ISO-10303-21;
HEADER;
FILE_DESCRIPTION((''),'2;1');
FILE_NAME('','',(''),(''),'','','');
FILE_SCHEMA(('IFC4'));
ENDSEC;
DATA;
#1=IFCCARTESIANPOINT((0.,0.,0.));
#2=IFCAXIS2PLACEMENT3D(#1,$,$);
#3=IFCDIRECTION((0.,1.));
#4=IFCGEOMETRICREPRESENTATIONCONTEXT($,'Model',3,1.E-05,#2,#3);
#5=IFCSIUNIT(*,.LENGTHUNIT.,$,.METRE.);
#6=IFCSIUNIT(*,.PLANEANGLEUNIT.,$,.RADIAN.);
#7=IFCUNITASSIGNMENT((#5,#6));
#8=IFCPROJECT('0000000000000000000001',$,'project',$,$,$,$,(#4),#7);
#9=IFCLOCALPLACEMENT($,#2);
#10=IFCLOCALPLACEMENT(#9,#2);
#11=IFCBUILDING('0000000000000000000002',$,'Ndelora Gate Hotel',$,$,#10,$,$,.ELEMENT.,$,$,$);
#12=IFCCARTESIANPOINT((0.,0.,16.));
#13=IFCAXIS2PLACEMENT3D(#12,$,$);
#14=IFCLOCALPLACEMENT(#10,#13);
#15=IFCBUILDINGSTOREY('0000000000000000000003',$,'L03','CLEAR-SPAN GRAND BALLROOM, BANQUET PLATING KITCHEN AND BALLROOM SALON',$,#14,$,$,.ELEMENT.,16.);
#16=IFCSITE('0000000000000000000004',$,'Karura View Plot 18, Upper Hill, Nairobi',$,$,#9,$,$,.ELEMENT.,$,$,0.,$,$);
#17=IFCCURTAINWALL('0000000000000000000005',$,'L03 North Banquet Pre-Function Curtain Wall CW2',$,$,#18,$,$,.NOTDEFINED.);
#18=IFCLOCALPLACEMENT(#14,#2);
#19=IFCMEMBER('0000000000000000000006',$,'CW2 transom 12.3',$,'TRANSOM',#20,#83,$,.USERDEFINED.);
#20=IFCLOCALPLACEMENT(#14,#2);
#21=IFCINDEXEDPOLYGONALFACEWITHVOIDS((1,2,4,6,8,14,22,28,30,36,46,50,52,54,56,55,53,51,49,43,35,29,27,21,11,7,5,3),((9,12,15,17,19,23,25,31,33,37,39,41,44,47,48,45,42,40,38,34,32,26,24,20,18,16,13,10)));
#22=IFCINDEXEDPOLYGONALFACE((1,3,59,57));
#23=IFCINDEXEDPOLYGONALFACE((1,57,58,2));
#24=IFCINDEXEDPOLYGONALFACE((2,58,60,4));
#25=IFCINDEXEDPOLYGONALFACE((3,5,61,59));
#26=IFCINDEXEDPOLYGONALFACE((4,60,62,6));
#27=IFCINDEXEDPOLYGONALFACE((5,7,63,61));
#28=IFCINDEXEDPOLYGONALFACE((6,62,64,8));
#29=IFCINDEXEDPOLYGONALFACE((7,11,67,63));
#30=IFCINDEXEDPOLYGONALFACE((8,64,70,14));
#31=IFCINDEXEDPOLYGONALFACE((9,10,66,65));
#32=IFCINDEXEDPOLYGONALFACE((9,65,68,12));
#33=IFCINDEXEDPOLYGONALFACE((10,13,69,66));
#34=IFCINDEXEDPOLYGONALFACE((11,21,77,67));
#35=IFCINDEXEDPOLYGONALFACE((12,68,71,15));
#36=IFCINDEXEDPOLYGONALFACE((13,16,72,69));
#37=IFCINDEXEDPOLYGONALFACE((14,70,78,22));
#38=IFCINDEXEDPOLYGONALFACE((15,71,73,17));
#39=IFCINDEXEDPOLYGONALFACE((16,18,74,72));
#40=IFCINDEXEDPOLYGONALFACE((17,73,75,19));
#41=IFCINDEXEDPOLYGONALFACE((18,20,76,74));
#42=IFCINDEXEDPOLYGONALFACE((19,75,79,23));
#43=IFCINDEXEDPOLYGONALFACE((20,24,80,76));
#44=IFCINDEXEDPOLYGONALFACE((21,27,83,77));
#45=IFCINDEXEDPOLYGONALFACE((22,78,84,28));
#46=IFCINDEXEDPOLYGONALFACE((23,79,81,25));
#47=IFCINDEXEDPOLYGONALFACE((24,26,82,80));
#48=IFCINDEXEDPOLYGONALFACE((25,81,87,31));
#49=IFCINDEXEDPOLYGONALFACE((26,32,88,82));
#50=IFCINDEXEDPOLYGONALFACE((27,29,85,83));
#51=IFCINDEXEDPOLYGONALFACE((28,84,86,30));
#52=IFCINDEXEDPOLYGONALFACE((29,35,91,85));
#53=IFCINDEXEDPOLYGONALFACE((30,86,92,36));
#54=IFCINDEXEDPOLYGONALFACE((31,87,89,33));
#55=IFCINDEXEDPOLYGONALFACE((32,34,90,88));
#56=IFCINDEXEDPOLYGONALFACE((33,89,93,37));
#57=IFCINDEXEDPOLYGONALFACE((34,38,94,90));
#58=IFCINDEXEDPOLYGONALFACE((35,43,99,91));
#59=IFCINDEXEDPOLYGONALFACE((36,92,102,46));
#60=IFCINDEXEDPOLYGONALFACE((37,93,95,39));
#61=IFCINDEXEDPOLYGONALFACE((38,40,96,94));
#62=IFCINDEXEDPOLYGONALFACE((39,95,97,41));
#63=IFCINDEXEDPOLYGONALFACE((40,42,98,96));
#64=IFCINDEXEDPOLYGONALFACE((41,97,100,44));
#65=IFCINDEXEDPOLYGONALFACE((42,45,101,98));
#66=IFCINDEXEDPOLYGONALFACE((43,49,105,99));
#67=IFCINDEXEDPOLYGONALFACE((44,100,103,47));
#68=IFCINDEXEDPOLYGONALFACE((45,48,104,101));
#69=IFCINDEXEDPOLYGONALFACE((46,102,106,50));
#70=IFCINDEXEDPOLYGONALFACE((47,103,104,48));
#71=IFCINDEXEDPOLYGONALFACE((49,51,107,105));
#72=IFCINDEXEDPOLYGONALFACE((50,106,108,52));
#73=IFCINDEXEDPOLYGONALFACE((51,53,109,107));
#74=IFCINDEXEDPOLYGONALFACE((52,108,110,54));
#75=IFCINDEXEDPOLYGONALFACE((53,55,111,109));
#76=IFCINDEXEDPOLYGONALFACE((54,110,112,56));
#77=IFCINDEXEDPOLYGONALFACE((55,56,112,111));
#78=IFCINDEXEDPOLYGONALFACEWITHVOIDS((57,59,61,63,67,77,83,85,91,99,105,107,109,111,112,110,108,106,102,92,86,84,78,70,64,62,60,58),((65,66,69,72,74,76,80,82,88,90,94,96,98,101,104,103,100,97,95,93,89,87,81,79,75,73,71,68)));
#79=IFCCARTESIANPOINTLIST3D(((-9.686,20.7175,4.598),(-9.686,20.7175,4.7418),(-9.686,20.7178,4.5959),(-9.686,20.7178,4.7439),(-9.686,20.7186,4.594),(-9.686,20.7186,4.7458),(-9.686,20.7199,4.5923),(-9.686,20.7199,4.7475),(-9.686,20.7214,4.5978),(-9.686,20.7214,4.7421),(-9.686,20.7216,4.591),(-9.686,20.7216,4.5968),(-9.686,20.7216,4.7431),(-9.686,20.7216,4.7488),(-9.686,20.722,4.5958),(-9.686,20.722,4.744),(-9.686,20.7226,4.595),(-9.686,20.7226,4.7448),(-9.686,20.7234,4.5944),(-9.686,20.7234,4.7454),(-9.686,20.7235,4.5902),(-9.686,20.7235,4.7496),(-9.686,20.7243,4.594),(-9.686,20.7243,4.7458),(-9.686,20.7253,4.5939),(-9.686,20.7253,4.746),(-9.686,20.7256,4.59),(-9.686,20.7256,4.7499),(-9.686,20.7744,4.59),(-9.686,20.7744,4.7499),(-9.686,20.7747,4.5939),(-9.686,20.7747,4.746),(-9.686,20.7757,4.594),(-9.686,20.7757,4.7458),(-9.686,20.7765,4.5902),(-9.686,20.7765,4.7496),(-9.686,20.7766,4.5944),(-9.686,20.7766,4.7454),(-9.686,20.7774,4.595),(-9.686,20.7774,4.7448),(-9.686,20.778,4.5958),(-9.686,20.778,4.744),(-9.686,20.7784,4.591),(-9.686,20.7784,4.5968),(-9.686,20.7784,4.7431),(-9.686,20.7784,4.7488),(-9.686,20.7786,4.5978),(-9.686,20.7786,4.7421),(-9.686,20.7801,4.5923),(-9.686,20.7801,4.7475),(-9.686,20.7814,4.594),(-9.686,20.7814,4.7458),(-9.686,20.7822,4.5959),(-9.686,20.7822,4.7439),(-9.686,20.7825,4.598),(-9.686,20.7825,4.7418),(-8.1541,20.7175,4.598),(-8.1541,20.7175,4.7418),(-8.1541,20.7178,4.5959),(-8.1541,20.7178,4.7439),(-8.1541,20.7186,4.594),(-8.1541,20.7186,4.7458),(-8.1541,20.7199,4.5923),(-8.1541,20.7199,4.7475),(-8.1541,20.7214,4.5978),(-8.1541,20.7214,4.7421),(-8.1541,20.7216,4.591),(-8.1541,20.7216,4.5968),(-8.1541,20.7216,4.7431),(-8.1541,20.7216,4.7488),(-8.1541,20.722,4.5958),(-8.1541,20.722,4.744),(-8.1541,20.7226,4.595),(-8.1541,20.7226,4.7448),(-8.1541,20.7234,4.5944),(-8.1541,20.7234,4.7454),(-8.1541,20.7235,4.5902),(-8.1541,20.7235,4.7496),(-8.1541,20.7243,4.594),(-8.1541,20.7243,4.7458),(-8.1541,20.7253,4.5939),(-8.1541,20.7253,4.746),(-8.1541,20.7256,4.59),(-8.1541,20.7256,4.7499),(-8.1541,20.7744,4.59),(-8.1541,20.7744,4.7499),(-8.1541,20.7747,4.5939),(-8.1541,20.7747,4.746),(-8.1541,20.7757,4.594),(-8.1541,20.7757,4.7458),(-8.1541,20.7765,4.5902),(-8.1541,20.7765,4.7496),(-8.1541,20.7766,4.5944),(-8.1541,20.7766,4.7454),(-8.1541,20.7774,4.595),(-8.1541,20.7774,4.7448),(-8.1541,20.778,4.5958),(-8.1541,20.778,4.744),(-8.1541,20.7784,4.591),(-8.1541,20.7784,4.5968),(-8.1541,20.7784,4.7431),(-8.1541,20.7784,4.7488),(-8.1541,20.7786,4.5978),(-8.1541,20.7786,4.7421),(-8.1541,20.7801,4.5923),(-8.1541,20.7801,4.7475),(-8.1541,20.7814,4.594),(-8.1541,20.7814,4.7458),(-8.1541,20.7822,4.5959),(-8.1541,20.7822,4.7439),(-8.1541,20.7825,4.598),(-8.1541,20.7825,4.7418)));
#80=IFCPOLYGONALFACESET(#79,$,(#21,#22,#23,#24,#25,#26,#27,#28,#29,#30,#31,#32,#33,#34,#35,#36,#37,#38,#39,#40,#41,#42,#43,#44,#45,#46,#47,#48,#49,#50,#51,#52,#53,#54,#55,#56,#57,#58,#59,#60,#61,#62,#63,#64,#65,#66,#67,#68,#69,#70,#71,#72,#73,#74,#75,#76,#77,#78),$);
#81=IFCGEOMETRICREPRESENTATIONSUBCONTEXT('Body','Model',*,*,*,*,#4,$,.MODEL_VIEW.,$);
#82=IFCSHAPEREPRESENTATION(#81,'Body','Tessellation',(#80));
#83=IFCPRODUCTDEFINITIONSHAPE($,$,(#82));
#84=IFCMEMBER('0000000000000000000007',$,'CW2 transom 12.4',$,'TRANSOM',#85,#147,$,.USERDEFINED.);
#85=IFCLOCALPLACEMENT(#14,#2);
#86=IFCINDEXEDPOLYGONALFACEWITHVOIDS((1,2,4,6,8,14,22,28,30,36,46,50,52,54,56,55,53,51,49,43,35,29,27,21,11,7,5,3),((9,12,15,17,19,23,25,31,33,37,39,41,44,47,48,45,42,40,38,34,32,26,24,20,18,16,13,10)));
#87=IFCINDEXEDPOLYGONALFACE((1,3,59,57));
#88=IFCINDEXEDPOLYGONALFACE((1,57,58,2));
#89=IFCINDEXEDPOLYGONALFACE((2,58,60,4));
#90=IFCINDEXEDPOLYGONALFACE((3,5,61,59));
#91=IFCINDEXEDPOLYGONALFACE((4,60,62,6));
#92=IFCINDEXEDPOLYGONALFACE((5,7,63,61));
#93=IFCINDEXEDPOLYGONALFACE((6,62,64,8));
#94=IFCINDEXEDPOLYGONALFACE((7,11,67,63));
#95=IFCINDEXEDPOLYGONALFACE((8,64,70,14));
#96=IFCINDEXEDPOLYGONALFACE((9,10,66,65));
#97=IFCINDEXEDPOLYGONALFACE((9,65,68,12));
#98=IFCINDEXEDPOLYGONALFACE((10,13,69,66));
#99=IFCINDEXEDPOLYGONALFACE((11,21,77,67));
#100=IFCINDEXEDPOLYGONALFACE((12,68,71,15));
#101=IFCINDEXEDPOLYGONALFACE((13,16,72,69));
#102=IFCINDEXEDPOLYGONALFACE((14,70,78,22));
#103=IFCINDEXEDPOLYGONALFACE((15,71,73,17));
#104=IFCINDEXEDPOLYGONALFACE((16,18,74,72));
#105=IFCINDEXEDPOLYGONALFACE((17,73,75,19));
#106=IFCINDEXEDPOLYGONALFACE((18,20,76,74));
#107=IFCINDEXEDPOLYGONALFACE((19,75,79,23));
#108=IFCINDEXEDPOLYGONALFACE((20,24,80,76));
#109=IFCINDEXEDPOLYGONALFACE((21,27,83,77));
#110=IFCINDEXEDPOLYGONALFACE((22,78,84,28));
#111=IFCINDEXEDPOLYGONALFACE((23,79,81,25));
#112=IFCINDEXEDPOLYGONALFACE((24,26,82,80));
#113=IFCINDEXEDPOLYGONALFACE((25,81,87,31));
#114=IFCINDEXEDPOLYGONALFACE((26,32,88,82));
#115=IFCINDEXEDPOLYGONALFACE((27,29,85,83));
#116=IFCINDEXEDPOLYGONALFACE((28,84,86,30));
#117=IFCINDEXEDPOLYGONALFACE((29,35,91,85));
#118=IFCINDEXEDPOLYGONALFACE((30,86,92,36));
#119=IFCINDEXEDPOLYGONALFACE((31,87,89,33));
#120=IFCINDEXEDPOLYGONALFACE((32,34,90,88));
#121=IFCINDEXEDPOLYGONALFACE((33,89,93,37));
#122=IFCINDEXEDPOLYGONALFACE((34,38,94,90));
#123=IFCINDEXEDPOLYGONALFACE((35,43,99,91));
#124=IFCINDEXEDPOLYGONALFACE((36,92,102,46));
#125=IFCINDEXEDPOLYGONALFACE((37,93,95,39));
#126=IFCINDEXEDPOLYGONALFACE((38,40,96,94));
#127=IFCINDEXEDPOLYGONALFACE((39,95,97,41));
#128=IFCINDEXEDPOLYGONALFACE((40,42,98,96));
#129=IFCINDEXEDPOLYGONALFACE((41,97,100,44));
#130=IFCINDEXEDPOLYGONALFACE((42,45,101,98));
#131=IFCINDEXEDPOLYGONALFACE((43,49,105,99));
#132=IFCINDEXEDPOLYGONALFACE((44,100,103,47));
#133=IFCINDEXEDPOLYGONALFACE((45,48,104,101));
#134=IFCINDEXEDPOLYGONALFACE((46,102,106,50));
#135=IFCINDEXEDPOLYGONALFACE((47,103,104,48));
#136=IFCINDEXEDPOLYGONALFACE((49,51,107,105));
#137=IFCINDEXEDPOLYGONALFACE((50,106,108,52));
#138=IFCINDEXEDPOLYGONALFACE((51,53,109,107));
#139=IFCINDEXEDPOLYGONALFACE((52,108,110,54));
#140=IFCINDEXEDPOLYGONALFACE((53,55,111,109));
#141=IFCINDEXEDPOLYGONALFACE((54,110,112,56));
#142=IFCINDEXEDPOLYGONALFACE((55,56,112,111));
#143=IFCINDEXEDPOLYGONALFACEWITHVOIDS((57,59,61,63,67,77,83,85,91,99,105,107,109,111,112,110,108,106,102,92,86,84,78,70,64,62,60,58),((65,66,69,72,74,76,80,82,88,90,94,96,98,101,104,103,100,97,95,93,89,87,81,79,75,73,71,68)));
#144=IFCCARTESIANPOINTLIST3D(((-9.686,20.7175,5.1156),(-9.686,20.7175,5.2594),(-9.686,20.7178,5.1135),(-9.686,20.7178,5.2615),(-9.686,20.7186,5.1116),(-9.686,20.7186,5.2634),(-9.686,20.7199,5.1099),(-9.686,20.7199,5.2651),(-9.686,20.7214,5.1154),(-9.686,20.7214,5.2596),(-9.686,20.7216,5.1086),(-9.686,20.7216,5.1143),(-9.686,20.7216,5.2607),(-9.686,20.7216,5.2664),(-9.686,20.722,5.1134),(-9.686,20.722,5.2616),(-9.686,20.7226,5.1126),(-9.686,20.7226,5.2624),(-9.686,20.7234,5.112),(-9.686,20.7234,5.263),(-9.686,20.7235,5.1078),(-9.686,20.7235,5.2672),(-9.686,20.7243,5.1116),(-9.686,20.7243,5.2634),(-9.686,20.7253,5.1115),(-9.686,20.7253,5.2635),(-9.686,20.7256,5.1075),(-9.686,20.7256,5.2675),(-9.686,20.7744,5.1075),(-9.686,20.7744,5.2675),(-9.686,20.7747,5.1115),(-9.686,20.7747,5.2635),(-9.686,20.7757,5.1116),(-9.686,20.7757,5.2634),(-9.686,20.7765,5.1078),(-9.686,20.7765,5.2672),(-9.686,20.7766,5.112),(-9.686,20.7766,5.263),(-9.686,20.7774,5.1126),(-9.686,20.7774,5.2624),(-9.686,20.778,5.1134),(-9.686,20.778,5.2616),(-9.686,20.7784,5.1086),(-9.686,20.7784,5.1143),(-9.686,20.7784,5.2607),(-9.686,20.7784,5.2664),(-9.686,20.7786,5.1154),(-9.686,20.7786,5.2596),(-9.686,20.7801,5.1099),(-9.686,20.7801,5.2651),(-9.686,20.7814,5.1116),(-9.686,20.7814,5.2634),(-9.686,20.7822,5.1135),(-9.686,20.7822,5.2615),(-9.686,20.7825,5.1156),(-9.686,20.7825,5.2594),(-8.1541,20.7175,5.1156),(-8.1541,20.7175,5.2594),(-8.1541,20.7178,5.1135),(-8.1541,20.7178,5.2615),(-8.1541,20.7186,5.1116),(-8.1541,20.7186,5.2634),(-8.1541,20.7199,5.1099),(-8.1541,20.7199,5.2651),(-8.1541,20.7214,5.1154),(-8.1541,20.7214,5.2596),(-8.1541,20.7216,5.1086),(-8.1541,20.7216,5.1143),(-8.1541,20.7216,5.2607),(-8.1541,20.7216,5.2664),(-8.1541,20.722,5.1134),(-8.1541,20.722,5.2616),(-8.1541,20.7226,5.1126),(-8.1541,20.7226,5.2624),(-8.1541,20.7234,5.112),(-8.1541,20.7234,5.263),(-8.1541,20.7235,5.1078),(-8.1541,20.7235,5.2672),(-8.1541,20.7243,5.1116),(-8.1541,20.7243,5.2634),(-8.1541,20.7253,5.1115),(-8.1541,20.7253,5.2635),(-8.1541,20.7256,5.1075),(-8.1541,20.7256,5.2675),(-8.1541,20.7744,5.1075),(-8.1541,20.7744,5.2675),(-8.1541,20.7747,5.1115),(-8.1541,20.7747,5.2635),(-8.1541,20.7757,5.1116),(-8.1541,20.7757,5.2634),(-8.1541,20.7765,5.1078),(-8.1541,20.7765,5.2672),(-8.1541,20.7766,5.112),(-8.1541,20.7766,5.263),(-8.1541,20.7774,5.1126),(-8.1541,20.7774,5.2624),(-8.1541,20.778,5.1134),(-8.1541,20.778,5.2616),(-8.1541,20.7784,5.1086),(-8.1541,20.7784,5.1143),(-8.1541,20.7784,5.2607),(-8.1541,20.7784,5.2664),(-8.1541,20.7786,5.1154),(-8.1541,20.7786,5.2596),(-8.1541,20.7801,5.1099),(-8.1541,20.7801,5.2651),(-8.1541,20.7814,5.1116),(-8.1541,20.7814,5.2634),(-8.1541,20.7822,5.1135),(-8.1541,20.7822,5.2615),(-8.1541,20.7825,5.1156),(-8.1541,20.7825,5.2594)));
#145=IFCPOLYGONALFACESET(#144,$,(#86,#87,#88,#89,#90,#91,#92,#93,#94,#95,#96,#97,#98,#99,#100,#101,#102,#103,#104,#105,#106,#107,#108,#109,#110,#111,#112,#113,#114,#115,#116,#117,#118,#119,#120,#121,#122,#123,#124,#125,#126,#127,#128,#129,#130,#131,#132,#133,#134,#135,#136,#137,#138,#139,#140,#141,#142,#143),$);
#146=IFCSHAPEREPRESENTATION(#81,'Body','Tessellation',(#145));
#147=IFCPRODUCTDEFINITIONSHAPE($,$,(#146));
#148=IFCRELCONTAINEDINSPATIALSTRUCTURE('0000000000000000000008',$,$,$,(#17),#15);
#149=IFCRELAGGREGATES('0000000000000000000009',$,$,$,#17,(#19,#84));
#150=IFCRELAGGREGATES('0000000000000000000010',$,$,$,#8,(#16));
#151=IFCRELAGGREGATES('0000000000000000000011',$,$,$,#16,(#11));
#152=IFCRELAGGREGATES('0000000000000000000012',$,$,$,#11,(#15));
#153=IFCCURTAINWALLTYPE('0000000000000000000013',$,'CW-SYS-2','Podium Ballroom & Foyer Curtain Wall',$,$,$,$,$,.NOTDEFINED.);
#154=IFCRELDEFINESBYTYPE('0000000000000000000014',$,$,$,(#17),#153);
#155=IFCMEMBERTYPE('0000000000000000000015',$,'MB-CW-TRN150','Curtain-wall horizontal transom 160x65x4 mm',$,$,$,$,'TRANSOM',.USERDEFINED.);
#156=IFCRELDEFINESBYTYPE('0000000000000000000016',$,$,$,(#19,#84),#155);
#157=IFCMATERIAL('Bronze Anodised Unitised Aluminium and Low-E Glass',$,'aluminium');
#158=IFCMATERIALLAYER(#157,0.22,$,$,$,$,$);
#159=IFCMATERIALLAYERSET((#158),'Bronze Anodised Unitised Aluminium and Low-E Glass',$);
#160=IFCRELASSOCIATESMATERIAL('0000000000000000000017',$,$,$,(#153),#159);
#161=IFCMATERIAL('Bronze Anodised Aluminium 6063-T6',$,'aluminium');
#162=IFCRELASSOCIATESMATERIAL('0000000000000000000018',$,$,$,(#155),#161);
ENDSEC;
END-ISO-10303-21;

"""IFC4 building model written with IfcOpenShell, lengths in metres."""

from ifc_helpers import new_model, si_unit, direction, frame, origin, origin_2d, place, context, subcontext, project, spatial, hollow_rectangle, extrude, material, layer, layer_set, material_profile, profile_set, type_object, element, aggregate, save


model = new_model("IFC4")

# Units and contexts
model_context = context("Model", 3, precision=1e-05, world=origin(), true_north=direction((0.0, 1.0)))
body_context = subcontext(model_context, "Body", "Model", "MODEL_VIEW")
ifc_project = project(units=[si_unit("LENGTHUNIT", "METRE"), si_unit("PLANEANGLEUNIT", "RADIAN")], contexts=[model_context])

# Site, building, storey
site_placement = place(None, origin())
site = spatial("IfcSite", under=ifc_project, at=site_placement, Name="Karura View Plot 18, Upper Hill, Nairobi", CompositionType="ELEMENT", RefElevation=0.0)
building_placement = place(site_placement, origin())
building = spatial("IfcBuilding", under=site, at=building_placement, Name="Ndelora Gate Hotel", CompositionType="ELEMENT")
storey_placement = place(building_placement, frame((0.0, 0.0, 16.0)))
storey = spatial("IfcBuildingStorey", under=building, at=storey_placement, Name="L03", Description="CLEAR-SPAN GRAND BALLROOM, BANQUET PLATING KITCHEN AND BALLROOM SALON", CompositionType="ELEMENT", Elevation=16.0)

# Curtain wall, members
ifc_material_1 = material(Name="Bronze Anodised Unitised Aluminium and Low-E Glass", Category="aluminium")
ifc_layer_1 = layer(ifc_material_1, 0.22)
ifc_layer_set_1 = layer_set([ifc_layer_1], Name="Bronze Anodised Unitised Aluminium and Low-E Glass")
curtain_wall_type = type_object("IfcCurtainWallType", Name="CW-SYS-2", Description="Podium Ballroom & Foyer Curtain Wall", PredefinedType="NOTDEFINED", material=ifc_layer_set_1)
curtain_wall_placement = place(storey_placement, origin())
curtain_wall = element("IfcCurtainWall", 1, at=curtain_wall_placement, inside=storey, type_object=curtain_wall_type, Name="L03 North Banquet Pre-Function Curtain Wall CW2", PredefinedType="NOTDEFINED")
ifc_material_2 = material(Name="Bronze Anodised Aluminium 6063-T6", Category="aluminium")
ifc_material_profile_1 = material_profile(ifc_material_2, hollow_rectangle(XDim=0.0649, YDim=0.1599, WallThickness=0.0039, InnerFilletRadius=0.0039, OuterFilletRadius=0.0081, at=origin_2d()), Name="ALU 160x65x4")
ifc_profile_set_1 = profile_set([ifc_material_profile_1], Name="Bronze Anodised Aluminium 6063-T6")
member_type_1 = type_object("IfcMemberType", Name="MB-CW-TRN150", Description="Curtain-wall horizontal transom 160x65x4 mm", ElementType="TRANSOM", PredefinedType="USERDEFINED", material=ifc_profile_set_1)
member_1_placement = place(storey_placement, frame((-8.1541, 20.75, 4.6699), z_axis=(-1.0, 0.0, 0.0), x_axis=(0.0, -1.0, 0.0)))
member_1 = element("IfcMember", 2, at=member_1_placement, type_object=member_type_1, Name="CW2 transom 12.3", ObjectType="TRANSOM", PredefinedType="USERDEFINED", context=body_context, shape_type="SweptSolid", body=[
    extrude(hollow_rectangle(XDim=0.0649, YDim=0.1599, WallThickness=0.0039, InnerFilletRadius=0.0039, OuterFilletRadius=0.0081, at=origin_2d()), origin(), (0.0, 0.0, 1.0), 1.532),
])
member_2_placement = place(storey_placement, frame((-8.1541, 20.75, 5.1875), z_axis=(-1.0, 0.0, 0.0), x_axis=(0.0, -1.0, 0.0)))
member_2 = element("IfcMember", 3, at=member_2_placement, type_object=member_type_1, Name="CW2 transom 12.4", ObjectType="TRANSOM", PredefinedType="USERDEFINED", context=body_context, shape_type="SweptSolid", body=[
    extrude(hollow_rectangle(XDim=0.0649, YDim=0.1599, WallThickness=0.0039, InnerFilletRadius=0.0039, OuterFilletRadius=0.0081, at=origin_2d()), origin(), (0.0, 0.0, 1.0), 1.532),
])

aggregate(curtain_wall, [member_1, member_2])

save(model, "model.ifc")
